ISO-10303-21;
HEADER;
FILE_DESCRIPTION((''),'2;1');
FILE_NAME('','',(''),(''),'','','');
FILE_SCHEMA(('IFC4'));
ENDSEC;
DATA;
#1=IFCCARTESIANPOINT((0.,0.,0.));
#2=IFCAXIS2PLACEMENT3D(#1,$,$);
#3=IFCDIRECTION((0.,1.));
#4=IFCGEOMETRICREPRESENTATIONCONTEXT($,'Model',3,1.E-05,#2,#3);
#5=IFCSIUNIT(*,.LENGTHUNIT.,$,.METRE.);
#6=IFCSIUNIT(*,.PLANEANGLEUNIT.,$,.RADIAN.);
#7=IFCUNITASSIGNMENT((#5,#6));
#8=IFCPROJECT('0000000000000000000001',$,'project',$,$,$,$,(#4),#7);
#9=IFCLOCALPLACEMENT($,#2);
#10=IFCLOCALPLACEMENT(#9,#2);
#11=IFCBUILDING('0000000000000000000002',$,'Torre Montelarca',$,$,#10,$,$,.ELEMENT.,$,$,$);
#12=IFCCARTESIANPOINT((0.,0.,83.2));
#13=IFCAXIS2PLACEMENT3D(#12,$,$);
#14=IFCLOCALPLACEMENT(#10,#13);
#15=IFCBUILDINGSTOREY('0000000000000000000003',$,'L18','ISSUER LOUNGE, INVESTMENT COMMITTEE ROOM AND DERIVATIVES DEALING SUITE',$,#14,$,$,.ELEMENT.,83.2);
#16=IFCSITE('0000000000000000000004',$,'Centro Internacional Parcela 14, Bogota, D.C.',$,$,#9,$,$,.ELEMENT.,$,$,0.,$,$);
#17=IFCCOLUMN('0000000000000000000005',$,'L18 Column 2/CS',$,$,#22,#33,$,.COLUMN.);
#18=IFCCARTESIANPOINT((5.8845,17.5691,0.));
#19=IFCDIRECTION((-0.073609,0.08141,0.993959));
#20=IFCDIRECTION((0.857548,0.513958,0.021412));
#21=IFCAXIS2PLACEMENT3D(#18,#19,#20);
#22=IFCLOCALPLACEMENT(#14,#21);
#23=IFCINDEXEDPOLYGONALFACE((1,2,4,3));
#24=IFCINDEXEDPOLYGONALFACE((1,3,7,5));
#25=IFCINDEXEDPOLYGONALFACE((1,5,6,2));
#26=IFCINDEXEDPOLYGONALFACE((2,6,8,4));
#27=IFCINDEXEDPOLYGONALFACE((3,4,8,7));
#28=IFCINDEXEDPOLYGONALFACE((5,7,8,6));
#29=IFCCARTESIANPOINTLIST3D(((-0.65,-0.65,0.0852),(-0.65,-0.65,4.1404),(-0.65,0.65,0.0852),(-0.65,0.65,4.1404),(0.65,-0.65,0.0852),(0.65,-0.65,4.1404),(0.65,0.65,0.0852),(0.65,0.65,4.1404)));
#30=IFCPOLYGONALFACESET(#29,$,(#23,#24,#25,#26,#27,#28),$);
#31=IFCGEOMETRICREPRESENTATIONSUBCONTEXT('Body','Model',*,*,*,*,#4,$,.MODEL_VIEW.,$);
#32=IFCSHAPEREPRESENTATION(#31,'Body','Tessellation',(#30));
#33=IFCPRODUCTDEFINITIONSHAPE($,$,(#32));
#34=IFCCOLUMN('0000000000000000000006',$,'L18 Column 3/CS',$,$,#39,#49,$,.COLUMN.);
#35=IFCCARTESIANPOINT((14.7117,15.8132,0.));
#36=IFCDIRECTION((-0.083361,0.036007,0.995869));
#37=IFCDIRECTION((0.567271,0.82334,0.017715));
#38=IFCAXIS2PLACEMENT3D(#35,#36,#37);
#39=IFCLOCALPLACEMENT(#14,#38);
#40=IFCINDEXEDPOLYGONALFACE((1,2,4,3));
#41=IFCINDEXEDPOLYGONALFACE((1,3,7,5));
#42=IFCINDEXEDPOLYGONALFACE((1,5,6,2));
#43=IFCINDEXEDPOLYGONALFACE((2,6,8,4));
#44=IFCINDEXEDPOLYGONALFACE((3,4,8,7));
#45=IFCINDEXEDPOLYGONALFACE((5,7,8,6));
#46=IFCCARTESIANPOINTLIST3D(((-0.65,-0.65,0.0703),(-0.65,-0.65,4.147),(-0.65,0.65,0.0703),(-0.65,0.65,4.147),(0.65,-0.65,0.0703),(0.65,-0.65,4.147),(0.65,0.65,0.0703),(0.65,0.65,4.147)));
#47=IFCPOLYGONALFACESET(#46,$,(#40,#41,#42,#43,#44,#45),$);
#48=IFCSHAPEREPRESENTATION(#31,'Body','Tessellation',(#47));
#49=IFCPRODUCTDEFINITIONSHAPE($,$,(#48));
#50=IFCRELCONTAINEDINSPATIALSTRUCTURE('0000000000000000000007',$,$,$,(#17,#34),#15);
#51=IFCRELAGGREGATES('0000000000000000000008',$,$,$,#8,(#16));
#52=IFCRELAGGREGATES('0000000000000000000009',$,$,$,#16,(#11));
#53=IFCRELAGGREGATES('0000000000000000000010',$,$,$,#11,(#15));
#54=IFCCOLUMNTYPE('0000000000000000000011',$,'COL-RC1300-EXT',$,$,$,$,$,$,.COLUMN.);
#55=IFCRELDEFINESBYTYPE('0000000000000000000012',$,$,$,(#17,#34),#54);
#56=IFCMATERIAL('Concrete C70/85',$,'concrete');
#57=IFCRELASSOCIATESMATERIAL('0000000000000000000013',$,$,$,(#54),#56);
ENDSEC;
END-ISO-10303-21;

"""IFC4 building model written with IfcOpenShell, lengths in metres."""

from ifc_helpers import new_model, si_unit, direction, frame, origin, origin_2d, place, context, subcontext, project, spatial, rectangle, extrude, clip, halfspace, material, material_profile, profile_set, type_object, element, save


model = new_model("IFC4")

# Units and contexts
model_context = context("Model", 3, precision=1e-05, world=origin(), true_north=direction((0.0, 1.0)))
body_context = subcontext(model_context, "Body", "Model", "MODEL_VIEW")
ifc_project = project(units=[si_unit("LENGTHUNIT", "METRE"), si_unit("PLANEANGLEUNIT", "RADIAN")], contexts=[model_context])

# Site, building, storey
site_placement = place(None, origin())
site = spatial("IfcSite", under=ifc_project, at=site_placement, Name="Centro Internacional Parcela 14, Bogota, D.C.", CompositionType="ELEMENT", RefElevation=0.0)
building_placement = place(site_placement, origin())
building = spatial("IfcBuilding", under=site, at=building_placement, Name="Torre Montelarca", CompositionType="ELEMENT")
storey_placement = place(building_placement, frame((0.0, 0.0, 83.2)))
storey = spatial("IfcBuildingStorey", under=building, at=storey_placement, Name="L18", Description="ISSUER LOUNGE, INVESTMENT COMMITTEE ROOM AND DERIVATIVES DEALING SUITE", CompositionType="ELEMENT", Elevation=83.2)

# Columns
ifc_material_1 = material(Name="Concrete C70/85", Category="concrete")
ifc_material_profile_1 = material_profile(ifc_material_1, rectangle(XDim=1.3, YDim=1.3, at=origin_2d()), Name="RC1300X1300", Category="concrete")
ifc_profile_set_1 = profile_set([ifc_material_profile_1], Name="Concrete C70/85")
column_type = type_object("IfcColumnType", Name="COL-RC1300-EXT", PredefinedType="COLUMN", material=ifc_profile_set_1)
column_1_placement = place(storey_placement, frame((5.8845, 17.5691, 0.0), z_axis=(-0.073609, 0.08141, 0.993959), x_axis=(0.857548, 0.513958, 0.021412)))
element("IfcColumn", 1, at=column_1_placement, inside=storey, type_object=column_type, Name="L18 Column 2/CS", PredefinedType="COLUMN", context=body_context, shape_type="Clipping", body=[
    clip(clip(extrude(rectangle(XDim=1.3, YDim=1.3, at=origin_2d()), origin(), (0.0, 0.0, 1.0), 4.2256), halfspace(frame((0.0, 0.0, 0.0852), z_axis=(0.0, 0.0, -1.0), x_axis=(1.0, 0.0, 0.0)), False)), halfspace(frame((0.0, 0.0, 4.1404), z_axis=(0.0, 0.0, 1.0), x_axis=(1.0, 0.0, 0.0)), False)),
])
column_2_placement = place(storey_placement, frame((14.7117, 15.8132, 0.0), z_axis=(-0.083361, 0.036007, 0.995869), x_axis=(0.567271, 0.82334, 0.017715)))
element("IfcColumn", 2, at=column_2_placement, inside=storey, type_object=column_type, Name="L18 Column 3/CS", PredefinedType="COLUMN", context=body_context, shape_type="Clipping", body=[
    clip(clip(extrude(rectangle(XDim=1.3, YDim=1.3, at=origin_2d()), origin(), (0.0, 0.0, 1.0), 4.2173), halfspace(frame((0.0, 0.0, 0.0703), z_axis=(0.0, 0.0, -1.0), x_axis=(1.0, 0.0, 0.0)), False)), halfspace(frame((0.0, 0.0, 4.147), z_axis=(0.0, 0.0, 1.0), x_axis=(1.0, 0.0, 0.0)), False)),
])

save(model, "model.ifc")
